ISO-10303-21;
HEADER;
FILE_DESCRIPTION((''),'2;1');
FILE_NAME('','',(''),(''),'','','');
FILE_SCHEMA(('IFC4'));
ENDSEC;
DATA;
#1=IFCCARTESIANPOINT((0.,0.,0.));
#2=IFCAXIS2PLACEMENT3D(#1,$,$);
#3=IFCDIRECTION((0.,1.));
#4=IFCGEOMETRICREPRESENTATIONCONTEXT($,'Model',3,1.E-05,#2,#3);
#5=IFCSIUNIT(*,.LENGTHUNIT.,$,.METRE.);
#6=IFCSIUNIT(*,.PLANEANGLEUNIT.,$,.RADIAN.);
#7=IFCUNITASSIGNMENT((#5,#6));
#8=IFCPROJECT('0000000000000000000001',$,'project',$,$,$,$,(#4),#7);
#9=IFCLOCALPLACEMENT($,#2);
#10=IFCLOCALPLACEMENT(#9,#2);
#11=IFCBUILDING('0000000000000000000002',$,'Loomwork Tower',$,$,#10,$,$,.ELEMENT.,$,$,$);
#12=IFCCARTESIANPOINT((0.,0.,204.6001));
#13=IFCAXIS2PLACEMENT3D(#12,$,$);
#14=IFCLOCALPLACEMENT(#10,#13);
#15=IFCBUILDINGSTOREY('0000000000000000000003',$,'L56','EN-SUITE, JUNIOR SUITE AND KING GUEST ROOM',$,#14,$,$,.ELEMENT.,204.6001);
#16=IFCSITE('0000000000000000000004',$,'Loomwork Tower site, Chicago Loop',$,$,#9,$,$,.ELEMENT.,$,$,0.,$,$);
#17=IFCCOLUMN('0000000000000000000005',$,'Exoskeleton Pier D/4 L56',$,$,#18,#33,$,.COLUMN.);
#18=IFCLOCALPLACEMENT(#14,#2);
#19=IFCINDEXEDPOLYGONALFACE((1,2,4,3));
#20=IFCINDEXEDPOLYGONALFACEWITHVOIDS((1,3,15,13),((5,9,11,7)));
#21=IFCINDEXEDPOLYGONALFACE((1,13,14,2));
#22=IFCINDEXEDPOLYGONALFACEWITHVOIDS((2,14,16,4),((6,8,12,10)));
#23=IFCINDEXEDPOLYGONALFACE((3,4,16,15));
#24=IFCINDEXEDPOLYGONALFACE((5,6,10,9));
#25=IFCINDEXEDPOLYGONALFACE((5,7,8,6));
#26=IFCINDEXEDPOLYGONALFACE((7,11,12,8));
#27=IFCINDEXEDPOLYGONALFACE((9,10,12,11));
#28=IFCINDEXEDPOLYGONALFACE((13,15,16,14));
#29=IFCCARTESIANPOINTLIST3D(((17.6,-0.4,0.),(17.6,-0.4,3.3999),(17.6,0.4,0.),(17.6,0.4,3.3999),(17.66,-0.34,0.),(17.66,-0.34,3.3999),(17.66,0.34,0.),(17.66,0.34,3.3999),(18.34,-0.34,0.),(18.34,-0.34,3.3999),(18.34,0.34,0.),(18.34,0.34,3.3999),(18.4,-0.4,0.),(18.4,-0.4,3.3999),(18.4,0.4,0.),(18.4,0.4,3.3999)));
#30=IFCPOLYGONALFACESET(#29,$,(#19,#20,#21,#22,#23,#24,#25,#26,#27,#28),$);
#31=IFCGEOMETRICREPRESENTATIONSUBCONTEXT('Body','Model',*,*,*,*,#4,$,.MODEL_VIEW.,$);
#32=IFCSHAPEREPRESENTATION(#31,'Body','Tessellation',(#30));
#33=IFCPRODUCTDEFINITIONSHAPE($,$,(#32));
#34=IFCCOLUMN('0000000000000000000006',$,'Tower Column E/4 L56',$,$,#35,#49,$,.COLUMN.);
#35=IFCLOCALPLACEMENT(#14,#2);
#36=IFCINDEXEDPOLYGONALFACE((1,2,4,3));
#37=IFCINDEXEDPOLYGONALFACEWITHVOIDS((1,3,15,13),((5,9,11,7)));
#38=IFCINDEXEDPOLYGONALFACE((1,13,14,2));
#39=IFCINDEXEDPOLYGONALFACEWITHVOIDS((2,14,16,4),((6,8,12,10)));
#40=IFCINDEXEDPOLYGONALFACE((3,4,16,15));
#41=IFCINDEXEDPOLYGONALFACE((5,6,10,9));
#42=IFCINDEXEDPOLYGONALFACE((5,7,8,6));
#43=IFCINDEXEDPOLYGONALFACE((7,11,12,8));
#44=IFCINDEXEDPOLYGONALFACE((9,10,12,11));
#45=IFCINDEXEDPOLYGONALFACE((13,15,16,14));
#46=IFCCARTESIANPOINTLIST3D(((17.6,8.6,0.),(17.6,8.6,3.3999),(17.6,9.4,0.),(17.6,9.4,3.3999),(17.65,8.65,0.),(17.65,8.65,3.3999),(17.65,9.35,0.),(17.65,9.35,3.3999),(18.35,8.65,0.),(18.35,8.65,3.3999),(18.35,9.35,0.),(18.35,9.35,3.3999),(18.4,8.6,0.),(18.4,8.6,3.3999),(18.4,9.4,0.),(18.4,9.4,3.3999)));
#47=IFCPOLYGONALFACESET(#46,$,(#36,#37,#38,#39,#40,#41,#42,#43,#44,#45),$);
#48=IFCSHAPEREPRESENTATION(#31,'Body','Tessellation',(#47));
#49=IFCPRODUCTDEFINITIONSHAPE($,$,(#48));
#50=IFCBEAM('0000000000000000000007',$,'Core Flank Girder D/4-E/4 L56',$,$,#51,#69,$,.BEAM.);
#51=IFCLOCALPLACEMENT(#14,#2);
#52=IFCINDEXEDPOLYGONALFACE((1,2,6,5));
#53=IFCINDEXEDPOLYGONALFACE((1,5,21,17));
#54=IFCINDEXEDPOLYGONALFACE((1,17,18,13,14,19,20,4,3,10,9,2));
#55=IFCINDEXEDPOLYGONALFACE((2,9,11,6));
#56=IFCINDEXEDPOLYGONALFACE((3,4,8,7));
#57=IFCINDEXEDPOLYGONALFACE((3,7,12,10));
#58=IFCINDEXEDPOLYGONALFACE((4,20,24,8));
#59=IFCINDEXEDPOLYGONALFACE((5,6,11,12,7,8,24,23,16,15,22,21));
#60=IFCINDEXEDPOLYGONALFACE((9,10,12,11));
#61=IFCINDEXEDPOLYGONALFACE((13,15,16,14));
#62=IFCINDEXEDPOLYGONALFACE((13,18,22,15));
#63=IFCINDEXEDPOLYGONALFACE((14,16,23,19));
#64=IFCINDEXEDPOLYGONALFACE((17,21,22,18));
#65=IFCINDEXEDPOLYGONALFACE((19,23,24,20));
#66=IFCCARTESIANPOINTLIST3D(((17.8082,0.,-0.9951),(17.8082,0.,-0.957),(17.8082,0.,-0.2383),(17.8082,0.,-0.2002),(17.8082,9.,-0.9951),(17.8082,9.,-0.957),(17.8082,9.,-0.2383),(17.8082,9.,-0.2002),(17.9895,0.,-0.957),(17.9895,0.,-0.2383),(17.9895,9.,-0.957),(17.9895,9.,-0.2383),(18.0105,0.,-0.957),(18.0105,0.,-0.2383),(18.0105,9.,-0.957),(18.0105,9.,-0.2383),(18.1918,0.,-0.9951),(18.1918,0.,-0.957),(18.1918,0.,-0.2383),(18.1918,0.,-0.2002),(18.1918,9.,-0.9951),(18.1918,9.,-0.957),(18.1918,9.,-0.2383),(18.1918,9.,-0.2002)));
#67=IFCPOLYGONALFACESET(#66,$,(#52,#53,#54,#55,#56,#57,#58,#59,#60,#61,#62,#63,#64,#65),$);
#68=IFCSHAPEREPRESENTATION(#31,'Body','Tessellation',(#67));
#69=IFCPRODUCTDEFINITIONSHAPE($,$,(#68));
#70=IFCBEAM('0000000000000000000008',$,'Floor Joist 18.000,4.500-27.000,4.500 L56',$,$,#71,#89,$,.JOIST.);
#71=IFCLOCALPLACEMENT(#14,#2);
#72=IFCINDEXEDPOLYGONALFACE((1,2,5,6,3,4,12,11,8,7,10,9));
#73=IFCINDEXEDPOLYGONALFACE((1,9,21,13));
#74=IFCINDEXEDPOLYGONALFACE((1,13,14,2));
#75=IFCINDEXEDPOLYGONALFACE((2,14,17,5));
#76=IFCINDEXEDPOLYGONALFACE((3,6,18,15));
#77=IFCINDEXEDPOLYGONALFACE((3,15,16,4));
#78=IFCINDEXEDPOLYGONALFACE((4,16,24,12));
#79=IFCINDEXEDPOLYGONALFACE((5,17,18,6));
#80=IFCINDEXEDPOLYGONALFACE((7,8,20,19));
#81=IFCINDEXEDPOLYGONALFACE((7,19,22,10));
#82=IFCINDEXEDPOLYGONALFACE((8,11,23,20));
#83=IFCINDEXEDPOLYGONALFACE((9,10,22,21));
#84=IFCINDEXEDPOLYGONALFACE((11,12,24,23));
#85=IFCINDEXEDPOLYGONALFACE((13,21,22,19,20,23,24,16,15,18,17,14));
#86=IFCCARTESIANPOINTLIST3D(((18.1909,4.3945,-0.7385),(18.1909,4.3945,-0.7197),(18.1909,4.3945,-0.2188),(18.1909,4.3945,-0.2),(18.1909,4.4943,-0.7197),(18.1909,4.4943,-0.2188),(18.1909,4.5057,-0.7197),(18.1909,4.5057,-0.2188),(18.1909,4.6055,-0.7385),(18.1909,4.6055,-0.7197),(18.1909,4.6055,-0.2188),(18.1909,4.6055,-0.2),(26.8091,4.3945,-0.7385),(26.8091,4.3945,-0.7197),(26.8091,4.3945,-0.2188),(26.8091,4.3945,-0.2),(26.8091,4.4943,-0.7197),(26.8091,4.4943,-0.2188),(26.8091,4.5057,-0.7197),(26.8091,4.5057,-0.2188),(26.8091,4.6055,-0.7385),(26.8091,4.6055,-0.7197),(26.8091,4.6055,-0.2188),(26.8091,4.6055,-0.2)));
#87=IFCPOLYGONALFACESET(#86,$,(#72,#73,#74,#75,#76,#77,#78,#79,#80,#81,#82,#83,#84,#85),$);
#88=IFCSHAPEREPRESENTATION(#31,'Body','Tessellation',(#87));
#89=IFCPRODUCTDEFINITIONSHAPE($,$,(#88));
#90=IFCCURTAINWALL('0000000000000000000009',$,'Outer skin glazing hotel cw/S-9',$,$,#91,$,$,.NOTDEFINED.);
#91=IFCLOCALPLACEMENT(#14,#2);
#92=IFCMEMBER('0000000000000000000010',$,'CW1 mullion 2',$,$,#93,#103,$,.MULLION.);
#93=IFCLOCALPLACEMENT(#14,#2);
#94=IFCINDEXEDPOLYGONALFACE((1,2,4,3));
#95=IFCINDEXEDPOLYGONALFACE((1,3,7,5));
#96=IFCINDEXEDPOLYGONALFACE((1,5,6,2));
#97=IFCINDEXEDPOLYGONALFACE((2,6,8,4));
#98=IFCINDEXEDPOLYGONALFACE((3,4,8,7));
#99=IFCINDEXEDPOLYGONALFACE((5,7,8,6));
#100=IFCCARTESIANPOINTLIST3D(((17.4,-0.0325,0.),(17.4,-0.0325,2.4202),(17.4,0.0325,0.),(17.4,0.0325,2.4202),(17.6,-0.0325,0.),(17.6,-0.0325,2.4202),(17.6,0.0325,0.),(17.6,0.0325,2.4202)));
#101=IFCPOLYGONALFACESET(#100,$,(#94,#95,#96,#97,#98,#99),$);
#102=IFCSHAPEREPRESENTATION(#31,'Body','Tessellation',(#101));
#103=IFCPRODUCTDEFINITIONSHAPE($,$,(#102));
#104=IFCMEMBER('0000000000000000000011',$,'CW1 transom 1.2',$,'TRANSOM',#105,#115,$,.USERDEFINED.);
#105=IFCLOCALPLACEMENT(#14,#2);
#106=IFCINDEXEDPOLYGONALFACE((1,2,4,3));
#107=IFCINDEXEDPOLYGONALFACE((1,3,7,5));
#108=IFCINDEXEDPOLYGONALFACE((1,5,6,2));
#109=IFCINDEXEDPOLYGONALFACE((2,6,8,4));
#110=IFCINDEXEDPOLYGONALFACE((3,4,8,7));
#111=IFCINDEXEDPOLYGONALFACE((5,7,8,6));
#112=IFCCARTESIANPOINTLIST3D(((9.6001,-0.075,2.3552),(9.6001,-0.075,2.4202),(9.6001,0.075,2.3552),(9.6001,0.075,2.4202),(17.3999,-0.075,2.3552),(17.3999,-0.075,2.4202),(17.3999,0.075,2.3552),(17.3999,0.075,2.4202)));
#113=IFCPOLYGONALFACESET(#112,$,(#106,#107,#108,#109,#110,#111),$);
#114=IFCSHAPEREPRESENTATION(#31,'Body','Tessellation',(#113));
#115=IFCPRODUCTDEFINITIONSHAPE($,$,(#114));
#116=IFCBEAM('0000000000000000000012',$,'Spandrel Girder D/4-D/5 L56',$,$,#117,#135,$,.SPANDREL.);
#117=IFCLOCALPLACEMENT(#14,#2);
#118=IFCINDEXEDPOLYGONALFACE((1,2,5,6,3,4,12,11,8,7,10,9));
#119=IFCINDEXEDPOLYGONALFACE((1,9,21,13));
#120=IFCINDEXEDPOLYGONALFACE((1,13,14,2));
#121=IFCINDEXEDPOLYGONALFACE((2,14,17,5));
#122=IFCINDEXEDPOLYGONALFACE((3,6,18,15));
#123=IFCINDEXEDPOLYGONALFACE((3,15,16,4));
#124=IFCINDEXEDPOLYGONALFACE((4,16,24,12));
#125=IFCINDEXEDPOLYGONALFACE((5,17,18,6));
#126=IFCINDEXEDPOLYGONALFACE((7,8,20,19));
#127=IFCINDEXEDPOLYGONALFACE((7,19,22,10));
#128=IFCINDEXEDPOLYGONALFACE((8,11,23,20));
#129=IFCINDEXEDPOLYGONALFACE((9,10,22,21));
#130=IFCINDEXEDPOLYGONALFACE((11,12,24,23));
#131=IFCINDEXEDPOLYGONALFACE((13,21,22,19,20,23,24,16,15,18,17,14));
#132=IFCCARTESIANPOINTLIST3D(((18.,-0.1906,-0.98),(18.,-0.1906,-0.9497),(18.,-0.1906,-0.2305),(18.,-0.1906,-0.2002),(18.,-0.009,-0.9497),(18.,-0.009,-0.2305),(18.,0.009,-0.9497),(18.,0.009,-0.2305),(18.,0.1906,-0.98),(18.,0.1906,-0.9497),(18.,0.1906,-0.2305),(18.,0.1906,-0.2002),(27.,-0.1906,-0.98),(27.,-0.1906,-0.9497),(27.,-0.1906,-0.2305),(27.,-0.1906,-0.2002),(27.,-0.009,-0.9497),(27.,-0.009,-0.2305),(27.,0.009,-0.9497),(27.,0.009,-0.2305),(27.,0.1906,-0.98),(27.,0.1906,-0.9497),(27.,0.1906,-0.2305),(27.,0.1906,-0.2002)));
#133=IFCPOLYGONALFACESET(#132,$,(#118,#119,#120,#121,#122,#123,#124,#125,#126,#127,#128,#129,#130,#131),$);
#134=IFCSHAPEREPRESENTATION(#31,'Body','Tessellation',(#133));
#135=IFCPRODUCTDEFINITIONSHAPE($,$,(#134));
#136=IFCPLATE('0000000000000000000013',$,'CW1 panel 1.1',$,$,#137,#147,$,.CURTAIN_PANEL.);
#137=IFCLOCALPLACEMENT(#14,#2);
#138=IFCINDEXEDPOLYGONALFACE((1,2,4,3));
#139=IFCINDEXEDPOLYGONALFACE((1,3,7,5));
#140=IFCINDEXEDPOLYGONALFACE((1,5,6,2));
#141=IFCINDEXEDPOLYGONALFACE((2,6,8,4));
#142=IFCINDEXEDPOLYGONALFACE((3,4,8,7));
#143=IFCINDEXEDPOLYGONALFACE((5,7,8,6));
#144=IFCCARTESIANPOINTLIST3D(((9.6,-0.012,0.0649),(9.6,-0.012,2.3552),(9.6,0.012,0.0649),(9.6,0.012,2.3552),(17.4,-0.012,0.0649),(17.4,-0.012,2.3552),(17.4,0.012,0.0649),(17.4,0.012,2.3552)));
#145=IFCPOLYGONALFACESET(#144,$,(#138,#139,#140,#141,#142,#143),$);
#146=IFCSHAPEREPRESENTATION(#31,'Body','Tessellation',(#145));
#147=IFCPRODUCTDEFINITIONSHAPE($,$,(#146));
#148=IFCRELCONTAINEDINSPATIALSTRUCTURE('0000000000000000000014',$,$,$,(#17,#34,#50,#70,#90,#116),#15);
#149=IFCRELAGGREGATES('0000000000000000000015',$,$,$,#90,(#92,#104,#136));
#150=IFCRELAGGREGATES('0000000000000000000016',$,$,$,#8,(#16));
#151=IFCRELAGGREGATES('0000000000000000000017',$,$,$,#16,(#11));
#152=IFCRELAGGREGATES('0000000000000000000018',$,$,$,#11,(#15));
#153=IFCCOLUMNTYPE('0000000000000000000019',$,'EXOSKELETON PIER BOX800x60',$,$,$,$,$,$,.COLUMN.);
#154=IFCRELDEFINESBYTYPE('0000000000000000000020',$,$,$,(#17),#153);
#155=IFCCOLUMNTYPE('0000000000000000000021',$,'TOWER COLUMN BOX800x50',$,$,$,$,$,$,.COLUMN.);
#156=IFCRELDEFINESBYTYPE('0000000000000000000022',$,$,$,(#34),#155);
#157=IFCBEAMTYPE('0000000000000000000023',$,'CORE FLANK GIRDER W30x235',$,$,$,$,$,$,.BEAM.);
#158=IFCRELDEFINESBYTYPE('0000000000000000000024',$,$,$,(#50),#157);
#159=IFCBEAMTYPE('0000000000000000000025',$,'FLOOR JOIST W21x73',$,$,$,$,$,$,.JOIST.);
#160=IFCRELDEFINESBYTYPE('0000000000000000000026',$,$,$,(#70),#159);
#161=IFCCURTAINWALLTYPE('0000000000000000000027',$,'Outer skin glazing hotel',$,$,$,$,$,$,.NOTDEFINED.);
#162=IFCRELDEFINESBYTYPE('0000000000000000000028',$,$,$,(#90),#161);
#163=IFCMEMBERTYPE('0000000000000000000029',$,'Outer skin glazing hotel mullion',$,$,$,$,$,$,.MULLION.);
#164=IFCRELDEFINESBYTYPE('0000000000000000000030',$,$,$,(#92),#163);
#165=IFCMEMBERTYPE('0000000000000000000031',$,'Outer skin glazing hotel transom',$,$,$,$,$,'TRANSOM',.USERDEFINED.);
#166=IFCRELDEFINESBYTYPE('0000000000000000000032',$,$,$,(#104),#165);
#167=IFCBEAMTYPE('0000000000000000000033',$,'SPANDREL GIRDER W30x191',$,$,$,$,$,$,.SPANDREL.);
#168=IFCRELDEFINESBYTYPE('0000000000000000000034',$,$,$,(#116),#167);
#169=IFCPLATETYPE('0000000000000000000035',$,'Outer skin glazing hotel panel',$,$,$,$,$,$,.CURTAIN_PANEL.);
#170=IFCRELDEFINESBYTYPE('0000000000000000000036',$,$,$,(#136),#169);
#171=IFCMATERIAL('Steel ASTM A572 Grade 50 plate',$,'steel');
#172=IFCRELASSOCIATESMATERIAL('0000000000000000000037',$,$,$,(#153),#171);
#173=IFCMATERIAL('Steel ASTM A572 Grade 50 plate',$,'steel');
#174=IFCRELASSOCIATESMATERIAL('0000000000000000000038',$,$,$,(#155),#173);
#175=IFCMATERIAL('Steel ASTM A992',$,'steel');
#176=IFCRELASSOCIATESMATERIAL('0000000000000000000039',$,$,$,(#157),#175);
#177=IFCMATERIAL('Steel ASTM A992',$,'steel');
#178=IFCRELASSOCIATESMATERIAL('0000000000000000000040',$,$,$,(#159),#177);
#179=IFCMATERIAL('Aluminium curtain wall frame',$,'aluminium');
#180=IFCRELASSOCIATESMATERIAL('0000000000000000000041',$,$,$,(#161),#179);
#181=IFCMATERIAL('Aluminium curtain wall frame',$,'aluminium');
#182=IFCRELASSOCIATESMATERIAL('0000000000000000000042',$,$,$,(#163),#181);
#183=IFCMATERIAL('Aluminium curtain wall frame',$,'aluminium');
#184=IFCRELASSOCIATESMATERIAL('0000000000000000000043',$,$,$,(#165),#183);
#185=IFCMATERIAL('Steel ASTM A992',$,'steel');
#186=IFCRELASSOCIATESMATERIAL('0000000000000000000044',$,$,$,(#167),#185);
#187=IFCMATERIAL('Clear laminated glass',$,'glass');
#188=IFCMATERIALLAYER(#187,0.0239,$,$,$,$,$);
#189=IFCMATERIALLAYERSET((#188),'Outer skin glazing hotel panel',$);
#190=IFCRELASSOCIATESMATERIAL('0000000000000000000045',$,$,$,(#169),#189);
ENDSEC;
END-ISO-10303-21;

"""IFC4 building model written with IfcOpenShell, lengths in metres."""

from ifc_helpers import new_model, si_unit, direction, frame, origin, origin_2d, place, context, subcontext, project, spatial, rectangle, hollow_rectangle, i_section, extrude, material, layer, layer_set, material_profile, profile_set, type_object, element, aggregate, save


model = new_model("IFC4")

# Units and contexts
model_context = context("Model", 3, precision=1e-05, world=origin(), true_north=direction((0.0, 1.0)))
body_context = subcontext(model_context, "Body", "Model", "MODEL_VIEW")
ifc_project = project(units=[si_unit("LENGTHUNIT", "METRE"), si_unit("PLANEANGLEUNIT", "RADIAN")], contexts=[model_context])

# Site, building, storey
site_placement = place(None, origin())
site = spatial("IfcSite", under=ifc_project, at=site_placement, Name="Loomwork Tower site, Chicago Loop", CompositionType="ELEMENT", RefElevation=0.0)
building_placement = place(site_placement, origin())
building = spatial("IfcBuilding", under=site, at=building_placement, Name="Loomwork Tower", CompositionType="ELEMENT")
storey_placement = place(building_placement, frame((0.0, 0.0, 204.6001)))
storey = spatial("IfcBuildingStorey", under=building, at=storey_placement, Name="L56", Description="EN-SUITE, JUNIOR SUITE AND KING GUEST ROOM", CompositionType="ELEMENT", Elevation=204.6001)

# Columns
ifc_material_1 = material(Name="Steel ASTM A572 Grade 50 plate", Category="steel")
ifc_material_profile_1 = material_profile(ifc_material_1, hollow_rectangle(XDim=0.8, YDim=0.8, WallThickness=0.0601, at=origin_2d()), Name="BOX800x60")
ifc_profile_set_1 = profile_set([ifc_material_profile_1], Name="Steel ASTM A572 Grade 50 plate")
column_type_1 = type_object("IfcColumnType", Name="EXOSKELETON PIER BOX800x60", PredefinedType="COLUMN", material=ifc_profile_set_1)
column_1_placement = place(storey_placement, frame((18.0, 0.0, 0.0), z_axis=(0.0, 0.0, 1.0), x_axis=(1.0, 0.0, 0.0)))
element("IfcColumn", 1, at=column_1_placement, inside=storey, type_object=column_type_1, Name="Exoskeleton Pier D/4 L56", PredefinedType="COLUMN", context=body_context, shape_type="SweptSolid", body=[
    extrude(hollow_rectangle(XDim=0.8, YDim=0.8, WallThickness=0.0601, at=origin_2d()), origin(), (0.0, 0.0, 1.0), 3.3999),
])
ifc_material_2 = material(Name="Steel ASTM A572 Grade 50 plate", Category="steel")
ifc_material_profile_2 = material_profile(ifc_material_2, hollow_rectangle(XDim=0.8, YDim=0.8, WallThickness=0.05, at=origin_2d()), Name="BOX800x50")
ifc_profile_set_2 = profile_set([ifc_material_profile_2], Name="Steel ASTM A572 Grade 50 plate")
column_type_2 = type_object("IfcColumnType", Name="TOWER COLUMN BOX800x50", PredefinedType="COLUMN", material=ifc_profile_set_2)
column_2_placement = place(storey_placement, frame((18.0, 9.0, 0.0), z_axis=(0.0, 0.0, 1.0), x_axis=(1.0, 0.0, 0.0)))
element("IfcColumn", 2, at=column_2_placement, inside=storey, type_object=column_type_2, Name="Tower Column E/4 L56", PredefinedType="COLUMN", context=body_context, shape_type="SweptSolid", body=[
    extrude(hollow_rectangle(XDim=0.8, YDim=0.8, WallThickness=0.05, at=origin_2d()), origin(), (0.0, 0.0, 1.0), 3.3999),
])

# Beams
ifc_material_3 = material(Name="Steel ASTM A992", Category="steel")
ifc_material_profile_3 = material_profile(ifc_material_3, i_section(OverallWidth=0.3835, OverallDepth=0.7949, WebThickness=0.021, FlangeThickness=0.0381, at=origin_2d()), Name="W30x235")
ifc_profile_set_3 = profile_set([ifc_material_profile_3], Name="Steel ASTM A992")
beam_type_1 = type_object("IfcBeamType", Name="CORE FLANK GIRDER W30x235", PredefinedType="BEAM", material=ifc_profile_set_3)
beam_1_placement = place(storey_placement, frame((18.0, 0.0, -0.5977), z_axis=(0.0, 1.0, 0.0), x_axis=(-1.0, 0.0, 0.0)))
element("IfcBeam", 3, at=beam_1_placement, inside=storey, type_object=beam_type_1, Name="Core Flank Girder D/4-E/4 L56", PredefinedType="BEAM", context=body_context, shape_type="SweptSolid", body=[
    extrude(i_section(OverallWidth=0.3835, OverallDepth=0.7949, WebThickness=0.021, FlangeThickness=0.0381, at=origin_2d()), origin(), (0.0, 0.0, 1.0), 9.0),
])
ifc_material_4 = material(Name="Steel ASTM A992", Category="steel")
ifc_material_profile_4 = material_profile(ifc_material_4, i_section(OverallWidth=0.2109, OverallDepth=0.5386, WebThickness=0.0115, FlangeThickness=0.0188, at=origin_2d()), Name="W21x73")
ifc_profile_set_4 = profile_set([ifc_material_profile_4], Name="Steel ASTM A992")
beam_type_2 = type_object("IfcBeamType", Name="FLOOR JOIST W21x73", PredefinedType="JOIST", material=ifc_profile_set_4)
beam_2_placement = place(storey_placement, frame((18.1909, 4.5, -0.4692), z_axis=(1.0, 0.0, 0.0), x_axis=(0.0, 1.0, 0.0)))
element("IfcBeam", 4, at=beam_2_placement, inside=storey, type_object=beam_type_2, Name="Floor Joist 18.000,4.500-27.000,4.500 L56", PredefinedType="JOIST", context=body_context, shape_type="SweptSolid", body=[
    extrude(i_section(OverallWidth=0.2109, OverallDepth=0.5386, WebThickness=0.0115, FlangeThickness=0.0188, at=origin_2d()), origin(), (0.0, 0.0, 1.0), 8.6182),
])

# Curtain wall, members
ifc_material_5 = material(Name="Aluminium curtain wall frame", Category="aluminium")
curtain_wall_type = type_object("IfcCurtainWallType", Name="Outer skin glazing hotel", PredefinedType="NOTDEFINED", material=ifc_material_5)
curtain_wall_placement = place(storey_placement, origin())
curtain_wall = element("IfcCurtainWall", 5, at=curtain_wall_placement, inside=storey, type_object=curtain_wall_type, Name="Outer skin glazing hotel cw/S-9", PredefinedType="NOTDEFINED")
ifc_material_6 = material(Name="Aluminium curtain wall frame", Category="aluminium")
ifc_material_profile_5 = material_profile(ifc_material_6, rectangle(XDim=0.0649, YDim=0.2, at=origin_2d()), Name="AL 65x200")
ifc_profile_set_5 = profile_set([ifc_material_profile_5], Name="Aluminium curtain wall frame")
member_type_1 = type_object("IfcMemberType", Name="Outer skin glazing hotel mullion", PredefinedType="MULLION", material=ifc_profile_set_5)
member_1_placement = place(storey_placement, frame((17.5, 0.0, 0.0), z_axis=(0.0, 0.0, 1.0), x_axis=(0.0, 1.0, 0.0)))
member_1 = element("IfcMember", 6, at=member_1_placement, type_object=member_type_1, Name="CW1 mullion 2", PredefinedType="MULLION", context=body_context, shape_type="SweptSolid", body=[
    extrude(rectangle(XDim=0.0649, YDim=0.2, at=origin_2d()), origin(), (0.0, 0.0, 1.0), 2.4202),
])
ifc_material_7 = material(Name="Aluminium curtain wall frame", Category="aluminium")
ifc_material_profile_6 = material_profile(ifc_material_7, rectangle(XDim=0.1499, YDim=0.0649, at=origin_2d()), Name="AL 65x150")
ifc_profile_set_6 = profile_set([ifc_material_profile_6], Name="Aluminium curtain wall frame")
member_type_2 = type_object("IfcMemberType", Name="Outer skin glazing hotel transom", ElementType="TRANSOM", PredefinedType="USERDEFINED", material=ifc_profile_set_6)
member_2_placement = place(storey_placement, frame((9.6001, 0.0, 2.3877), z_axis=(1.0, 0.0, 0.0), x_axis=(0.0, 1.0, 0.0)))
member_2 = element("IfcMember", 7, at=member_2_placement, type_object=member_type_2, Name="CW1 transom 1.2", ObjectType="TRANSOM", PredefinedType="USERDEFINED", context=body_context, shape_type="SweptSolid", body=[
    extrude(rectangle(XDim=0.1499, YDim=0.0649, at=origin_2d()), origin(), (0.0, 0.0, 1.0), 7.7998),
])

# Beam
ifc_material_8 = material(Name="Steel ASTM A992", Category="steel")
ifc_material_profile_7 = material_profile(ifc_material_8, i_section(OverallWidth=0.3811, OverallDepth=0.7798, WebThickness=0.0181, FlangeThickness=0.0303, at=origin_2d()), Name="W30x191")
ifc_profile_set_7 = profile_set([ifc_material_profile_7], Name="Steel ASTM A992")
beam_type_3 = type_object("IfcBeamType", Name="SPANDREL GIRDER W30x191", PredefinedType="SPANDREL", material=ifc_profile_set_7)
beam_3_placement = place(storey_placement, frame((18.0, 0.0, -0.5901), z_axis=(1.0, 0.0, 0.0), x_axis=(0.0, 1.0, 0.0)))
element("IfcBeam", 8, at=beam_3_placement, inside=storey, type_object=beam_type_3, Name="Spandrel Girder D/4-D/5 L56", PredefinedType="SPANDREL", context=body_context, shape_type="SweptSolid", body=[
    extrude(i_section(OverallWidth=0.3811, OverallDepth=0.7798, WebThickness=0.0181, FlangeThickness=0.0303, at=origin_2d()), origin(), (0.0, 0.0, 1.0), 9.0),
])

# Plate
ifc_material_9 = material(Name="Clear laminated glass", Category="glass")
ifc_layer_1 = layer(ifc_material_9, 0.0239)
ifc_layer_set_1 = layer_set([ifc_layer_1], Name="Outer skin glazing hotel panel")
plate_type = type_object("IfcPlateType", Name="Outer skin glazing hotel panel", PredefinedType="CURTAIN_PANEL", material=ifc_layer_set_1)
plate_placement = place(storey_placement, frame((13.5, 0.0, 0.0649), z_axis=(0.0, 0.0, 1.0), x_axis=(1.0, 0.0, 0.0)))
plate = element("IfcPlate", 9, at=plate_placement, type_object=plate_type, Name="CW1 panel 1.1", PredefinedType="CURTAIN_PANEL", context=body_context, shape_type="SweptSolid", body=[
    extrude(rectangle(XDim=7.8, YDim=0.0239, at=origin_2d()), origin(), (0.0, 0.0, 1.0), 2.2903),
])
aggregate(curtain_wall, [member_1, member_2, plate])

save(model, "model.ifc")
